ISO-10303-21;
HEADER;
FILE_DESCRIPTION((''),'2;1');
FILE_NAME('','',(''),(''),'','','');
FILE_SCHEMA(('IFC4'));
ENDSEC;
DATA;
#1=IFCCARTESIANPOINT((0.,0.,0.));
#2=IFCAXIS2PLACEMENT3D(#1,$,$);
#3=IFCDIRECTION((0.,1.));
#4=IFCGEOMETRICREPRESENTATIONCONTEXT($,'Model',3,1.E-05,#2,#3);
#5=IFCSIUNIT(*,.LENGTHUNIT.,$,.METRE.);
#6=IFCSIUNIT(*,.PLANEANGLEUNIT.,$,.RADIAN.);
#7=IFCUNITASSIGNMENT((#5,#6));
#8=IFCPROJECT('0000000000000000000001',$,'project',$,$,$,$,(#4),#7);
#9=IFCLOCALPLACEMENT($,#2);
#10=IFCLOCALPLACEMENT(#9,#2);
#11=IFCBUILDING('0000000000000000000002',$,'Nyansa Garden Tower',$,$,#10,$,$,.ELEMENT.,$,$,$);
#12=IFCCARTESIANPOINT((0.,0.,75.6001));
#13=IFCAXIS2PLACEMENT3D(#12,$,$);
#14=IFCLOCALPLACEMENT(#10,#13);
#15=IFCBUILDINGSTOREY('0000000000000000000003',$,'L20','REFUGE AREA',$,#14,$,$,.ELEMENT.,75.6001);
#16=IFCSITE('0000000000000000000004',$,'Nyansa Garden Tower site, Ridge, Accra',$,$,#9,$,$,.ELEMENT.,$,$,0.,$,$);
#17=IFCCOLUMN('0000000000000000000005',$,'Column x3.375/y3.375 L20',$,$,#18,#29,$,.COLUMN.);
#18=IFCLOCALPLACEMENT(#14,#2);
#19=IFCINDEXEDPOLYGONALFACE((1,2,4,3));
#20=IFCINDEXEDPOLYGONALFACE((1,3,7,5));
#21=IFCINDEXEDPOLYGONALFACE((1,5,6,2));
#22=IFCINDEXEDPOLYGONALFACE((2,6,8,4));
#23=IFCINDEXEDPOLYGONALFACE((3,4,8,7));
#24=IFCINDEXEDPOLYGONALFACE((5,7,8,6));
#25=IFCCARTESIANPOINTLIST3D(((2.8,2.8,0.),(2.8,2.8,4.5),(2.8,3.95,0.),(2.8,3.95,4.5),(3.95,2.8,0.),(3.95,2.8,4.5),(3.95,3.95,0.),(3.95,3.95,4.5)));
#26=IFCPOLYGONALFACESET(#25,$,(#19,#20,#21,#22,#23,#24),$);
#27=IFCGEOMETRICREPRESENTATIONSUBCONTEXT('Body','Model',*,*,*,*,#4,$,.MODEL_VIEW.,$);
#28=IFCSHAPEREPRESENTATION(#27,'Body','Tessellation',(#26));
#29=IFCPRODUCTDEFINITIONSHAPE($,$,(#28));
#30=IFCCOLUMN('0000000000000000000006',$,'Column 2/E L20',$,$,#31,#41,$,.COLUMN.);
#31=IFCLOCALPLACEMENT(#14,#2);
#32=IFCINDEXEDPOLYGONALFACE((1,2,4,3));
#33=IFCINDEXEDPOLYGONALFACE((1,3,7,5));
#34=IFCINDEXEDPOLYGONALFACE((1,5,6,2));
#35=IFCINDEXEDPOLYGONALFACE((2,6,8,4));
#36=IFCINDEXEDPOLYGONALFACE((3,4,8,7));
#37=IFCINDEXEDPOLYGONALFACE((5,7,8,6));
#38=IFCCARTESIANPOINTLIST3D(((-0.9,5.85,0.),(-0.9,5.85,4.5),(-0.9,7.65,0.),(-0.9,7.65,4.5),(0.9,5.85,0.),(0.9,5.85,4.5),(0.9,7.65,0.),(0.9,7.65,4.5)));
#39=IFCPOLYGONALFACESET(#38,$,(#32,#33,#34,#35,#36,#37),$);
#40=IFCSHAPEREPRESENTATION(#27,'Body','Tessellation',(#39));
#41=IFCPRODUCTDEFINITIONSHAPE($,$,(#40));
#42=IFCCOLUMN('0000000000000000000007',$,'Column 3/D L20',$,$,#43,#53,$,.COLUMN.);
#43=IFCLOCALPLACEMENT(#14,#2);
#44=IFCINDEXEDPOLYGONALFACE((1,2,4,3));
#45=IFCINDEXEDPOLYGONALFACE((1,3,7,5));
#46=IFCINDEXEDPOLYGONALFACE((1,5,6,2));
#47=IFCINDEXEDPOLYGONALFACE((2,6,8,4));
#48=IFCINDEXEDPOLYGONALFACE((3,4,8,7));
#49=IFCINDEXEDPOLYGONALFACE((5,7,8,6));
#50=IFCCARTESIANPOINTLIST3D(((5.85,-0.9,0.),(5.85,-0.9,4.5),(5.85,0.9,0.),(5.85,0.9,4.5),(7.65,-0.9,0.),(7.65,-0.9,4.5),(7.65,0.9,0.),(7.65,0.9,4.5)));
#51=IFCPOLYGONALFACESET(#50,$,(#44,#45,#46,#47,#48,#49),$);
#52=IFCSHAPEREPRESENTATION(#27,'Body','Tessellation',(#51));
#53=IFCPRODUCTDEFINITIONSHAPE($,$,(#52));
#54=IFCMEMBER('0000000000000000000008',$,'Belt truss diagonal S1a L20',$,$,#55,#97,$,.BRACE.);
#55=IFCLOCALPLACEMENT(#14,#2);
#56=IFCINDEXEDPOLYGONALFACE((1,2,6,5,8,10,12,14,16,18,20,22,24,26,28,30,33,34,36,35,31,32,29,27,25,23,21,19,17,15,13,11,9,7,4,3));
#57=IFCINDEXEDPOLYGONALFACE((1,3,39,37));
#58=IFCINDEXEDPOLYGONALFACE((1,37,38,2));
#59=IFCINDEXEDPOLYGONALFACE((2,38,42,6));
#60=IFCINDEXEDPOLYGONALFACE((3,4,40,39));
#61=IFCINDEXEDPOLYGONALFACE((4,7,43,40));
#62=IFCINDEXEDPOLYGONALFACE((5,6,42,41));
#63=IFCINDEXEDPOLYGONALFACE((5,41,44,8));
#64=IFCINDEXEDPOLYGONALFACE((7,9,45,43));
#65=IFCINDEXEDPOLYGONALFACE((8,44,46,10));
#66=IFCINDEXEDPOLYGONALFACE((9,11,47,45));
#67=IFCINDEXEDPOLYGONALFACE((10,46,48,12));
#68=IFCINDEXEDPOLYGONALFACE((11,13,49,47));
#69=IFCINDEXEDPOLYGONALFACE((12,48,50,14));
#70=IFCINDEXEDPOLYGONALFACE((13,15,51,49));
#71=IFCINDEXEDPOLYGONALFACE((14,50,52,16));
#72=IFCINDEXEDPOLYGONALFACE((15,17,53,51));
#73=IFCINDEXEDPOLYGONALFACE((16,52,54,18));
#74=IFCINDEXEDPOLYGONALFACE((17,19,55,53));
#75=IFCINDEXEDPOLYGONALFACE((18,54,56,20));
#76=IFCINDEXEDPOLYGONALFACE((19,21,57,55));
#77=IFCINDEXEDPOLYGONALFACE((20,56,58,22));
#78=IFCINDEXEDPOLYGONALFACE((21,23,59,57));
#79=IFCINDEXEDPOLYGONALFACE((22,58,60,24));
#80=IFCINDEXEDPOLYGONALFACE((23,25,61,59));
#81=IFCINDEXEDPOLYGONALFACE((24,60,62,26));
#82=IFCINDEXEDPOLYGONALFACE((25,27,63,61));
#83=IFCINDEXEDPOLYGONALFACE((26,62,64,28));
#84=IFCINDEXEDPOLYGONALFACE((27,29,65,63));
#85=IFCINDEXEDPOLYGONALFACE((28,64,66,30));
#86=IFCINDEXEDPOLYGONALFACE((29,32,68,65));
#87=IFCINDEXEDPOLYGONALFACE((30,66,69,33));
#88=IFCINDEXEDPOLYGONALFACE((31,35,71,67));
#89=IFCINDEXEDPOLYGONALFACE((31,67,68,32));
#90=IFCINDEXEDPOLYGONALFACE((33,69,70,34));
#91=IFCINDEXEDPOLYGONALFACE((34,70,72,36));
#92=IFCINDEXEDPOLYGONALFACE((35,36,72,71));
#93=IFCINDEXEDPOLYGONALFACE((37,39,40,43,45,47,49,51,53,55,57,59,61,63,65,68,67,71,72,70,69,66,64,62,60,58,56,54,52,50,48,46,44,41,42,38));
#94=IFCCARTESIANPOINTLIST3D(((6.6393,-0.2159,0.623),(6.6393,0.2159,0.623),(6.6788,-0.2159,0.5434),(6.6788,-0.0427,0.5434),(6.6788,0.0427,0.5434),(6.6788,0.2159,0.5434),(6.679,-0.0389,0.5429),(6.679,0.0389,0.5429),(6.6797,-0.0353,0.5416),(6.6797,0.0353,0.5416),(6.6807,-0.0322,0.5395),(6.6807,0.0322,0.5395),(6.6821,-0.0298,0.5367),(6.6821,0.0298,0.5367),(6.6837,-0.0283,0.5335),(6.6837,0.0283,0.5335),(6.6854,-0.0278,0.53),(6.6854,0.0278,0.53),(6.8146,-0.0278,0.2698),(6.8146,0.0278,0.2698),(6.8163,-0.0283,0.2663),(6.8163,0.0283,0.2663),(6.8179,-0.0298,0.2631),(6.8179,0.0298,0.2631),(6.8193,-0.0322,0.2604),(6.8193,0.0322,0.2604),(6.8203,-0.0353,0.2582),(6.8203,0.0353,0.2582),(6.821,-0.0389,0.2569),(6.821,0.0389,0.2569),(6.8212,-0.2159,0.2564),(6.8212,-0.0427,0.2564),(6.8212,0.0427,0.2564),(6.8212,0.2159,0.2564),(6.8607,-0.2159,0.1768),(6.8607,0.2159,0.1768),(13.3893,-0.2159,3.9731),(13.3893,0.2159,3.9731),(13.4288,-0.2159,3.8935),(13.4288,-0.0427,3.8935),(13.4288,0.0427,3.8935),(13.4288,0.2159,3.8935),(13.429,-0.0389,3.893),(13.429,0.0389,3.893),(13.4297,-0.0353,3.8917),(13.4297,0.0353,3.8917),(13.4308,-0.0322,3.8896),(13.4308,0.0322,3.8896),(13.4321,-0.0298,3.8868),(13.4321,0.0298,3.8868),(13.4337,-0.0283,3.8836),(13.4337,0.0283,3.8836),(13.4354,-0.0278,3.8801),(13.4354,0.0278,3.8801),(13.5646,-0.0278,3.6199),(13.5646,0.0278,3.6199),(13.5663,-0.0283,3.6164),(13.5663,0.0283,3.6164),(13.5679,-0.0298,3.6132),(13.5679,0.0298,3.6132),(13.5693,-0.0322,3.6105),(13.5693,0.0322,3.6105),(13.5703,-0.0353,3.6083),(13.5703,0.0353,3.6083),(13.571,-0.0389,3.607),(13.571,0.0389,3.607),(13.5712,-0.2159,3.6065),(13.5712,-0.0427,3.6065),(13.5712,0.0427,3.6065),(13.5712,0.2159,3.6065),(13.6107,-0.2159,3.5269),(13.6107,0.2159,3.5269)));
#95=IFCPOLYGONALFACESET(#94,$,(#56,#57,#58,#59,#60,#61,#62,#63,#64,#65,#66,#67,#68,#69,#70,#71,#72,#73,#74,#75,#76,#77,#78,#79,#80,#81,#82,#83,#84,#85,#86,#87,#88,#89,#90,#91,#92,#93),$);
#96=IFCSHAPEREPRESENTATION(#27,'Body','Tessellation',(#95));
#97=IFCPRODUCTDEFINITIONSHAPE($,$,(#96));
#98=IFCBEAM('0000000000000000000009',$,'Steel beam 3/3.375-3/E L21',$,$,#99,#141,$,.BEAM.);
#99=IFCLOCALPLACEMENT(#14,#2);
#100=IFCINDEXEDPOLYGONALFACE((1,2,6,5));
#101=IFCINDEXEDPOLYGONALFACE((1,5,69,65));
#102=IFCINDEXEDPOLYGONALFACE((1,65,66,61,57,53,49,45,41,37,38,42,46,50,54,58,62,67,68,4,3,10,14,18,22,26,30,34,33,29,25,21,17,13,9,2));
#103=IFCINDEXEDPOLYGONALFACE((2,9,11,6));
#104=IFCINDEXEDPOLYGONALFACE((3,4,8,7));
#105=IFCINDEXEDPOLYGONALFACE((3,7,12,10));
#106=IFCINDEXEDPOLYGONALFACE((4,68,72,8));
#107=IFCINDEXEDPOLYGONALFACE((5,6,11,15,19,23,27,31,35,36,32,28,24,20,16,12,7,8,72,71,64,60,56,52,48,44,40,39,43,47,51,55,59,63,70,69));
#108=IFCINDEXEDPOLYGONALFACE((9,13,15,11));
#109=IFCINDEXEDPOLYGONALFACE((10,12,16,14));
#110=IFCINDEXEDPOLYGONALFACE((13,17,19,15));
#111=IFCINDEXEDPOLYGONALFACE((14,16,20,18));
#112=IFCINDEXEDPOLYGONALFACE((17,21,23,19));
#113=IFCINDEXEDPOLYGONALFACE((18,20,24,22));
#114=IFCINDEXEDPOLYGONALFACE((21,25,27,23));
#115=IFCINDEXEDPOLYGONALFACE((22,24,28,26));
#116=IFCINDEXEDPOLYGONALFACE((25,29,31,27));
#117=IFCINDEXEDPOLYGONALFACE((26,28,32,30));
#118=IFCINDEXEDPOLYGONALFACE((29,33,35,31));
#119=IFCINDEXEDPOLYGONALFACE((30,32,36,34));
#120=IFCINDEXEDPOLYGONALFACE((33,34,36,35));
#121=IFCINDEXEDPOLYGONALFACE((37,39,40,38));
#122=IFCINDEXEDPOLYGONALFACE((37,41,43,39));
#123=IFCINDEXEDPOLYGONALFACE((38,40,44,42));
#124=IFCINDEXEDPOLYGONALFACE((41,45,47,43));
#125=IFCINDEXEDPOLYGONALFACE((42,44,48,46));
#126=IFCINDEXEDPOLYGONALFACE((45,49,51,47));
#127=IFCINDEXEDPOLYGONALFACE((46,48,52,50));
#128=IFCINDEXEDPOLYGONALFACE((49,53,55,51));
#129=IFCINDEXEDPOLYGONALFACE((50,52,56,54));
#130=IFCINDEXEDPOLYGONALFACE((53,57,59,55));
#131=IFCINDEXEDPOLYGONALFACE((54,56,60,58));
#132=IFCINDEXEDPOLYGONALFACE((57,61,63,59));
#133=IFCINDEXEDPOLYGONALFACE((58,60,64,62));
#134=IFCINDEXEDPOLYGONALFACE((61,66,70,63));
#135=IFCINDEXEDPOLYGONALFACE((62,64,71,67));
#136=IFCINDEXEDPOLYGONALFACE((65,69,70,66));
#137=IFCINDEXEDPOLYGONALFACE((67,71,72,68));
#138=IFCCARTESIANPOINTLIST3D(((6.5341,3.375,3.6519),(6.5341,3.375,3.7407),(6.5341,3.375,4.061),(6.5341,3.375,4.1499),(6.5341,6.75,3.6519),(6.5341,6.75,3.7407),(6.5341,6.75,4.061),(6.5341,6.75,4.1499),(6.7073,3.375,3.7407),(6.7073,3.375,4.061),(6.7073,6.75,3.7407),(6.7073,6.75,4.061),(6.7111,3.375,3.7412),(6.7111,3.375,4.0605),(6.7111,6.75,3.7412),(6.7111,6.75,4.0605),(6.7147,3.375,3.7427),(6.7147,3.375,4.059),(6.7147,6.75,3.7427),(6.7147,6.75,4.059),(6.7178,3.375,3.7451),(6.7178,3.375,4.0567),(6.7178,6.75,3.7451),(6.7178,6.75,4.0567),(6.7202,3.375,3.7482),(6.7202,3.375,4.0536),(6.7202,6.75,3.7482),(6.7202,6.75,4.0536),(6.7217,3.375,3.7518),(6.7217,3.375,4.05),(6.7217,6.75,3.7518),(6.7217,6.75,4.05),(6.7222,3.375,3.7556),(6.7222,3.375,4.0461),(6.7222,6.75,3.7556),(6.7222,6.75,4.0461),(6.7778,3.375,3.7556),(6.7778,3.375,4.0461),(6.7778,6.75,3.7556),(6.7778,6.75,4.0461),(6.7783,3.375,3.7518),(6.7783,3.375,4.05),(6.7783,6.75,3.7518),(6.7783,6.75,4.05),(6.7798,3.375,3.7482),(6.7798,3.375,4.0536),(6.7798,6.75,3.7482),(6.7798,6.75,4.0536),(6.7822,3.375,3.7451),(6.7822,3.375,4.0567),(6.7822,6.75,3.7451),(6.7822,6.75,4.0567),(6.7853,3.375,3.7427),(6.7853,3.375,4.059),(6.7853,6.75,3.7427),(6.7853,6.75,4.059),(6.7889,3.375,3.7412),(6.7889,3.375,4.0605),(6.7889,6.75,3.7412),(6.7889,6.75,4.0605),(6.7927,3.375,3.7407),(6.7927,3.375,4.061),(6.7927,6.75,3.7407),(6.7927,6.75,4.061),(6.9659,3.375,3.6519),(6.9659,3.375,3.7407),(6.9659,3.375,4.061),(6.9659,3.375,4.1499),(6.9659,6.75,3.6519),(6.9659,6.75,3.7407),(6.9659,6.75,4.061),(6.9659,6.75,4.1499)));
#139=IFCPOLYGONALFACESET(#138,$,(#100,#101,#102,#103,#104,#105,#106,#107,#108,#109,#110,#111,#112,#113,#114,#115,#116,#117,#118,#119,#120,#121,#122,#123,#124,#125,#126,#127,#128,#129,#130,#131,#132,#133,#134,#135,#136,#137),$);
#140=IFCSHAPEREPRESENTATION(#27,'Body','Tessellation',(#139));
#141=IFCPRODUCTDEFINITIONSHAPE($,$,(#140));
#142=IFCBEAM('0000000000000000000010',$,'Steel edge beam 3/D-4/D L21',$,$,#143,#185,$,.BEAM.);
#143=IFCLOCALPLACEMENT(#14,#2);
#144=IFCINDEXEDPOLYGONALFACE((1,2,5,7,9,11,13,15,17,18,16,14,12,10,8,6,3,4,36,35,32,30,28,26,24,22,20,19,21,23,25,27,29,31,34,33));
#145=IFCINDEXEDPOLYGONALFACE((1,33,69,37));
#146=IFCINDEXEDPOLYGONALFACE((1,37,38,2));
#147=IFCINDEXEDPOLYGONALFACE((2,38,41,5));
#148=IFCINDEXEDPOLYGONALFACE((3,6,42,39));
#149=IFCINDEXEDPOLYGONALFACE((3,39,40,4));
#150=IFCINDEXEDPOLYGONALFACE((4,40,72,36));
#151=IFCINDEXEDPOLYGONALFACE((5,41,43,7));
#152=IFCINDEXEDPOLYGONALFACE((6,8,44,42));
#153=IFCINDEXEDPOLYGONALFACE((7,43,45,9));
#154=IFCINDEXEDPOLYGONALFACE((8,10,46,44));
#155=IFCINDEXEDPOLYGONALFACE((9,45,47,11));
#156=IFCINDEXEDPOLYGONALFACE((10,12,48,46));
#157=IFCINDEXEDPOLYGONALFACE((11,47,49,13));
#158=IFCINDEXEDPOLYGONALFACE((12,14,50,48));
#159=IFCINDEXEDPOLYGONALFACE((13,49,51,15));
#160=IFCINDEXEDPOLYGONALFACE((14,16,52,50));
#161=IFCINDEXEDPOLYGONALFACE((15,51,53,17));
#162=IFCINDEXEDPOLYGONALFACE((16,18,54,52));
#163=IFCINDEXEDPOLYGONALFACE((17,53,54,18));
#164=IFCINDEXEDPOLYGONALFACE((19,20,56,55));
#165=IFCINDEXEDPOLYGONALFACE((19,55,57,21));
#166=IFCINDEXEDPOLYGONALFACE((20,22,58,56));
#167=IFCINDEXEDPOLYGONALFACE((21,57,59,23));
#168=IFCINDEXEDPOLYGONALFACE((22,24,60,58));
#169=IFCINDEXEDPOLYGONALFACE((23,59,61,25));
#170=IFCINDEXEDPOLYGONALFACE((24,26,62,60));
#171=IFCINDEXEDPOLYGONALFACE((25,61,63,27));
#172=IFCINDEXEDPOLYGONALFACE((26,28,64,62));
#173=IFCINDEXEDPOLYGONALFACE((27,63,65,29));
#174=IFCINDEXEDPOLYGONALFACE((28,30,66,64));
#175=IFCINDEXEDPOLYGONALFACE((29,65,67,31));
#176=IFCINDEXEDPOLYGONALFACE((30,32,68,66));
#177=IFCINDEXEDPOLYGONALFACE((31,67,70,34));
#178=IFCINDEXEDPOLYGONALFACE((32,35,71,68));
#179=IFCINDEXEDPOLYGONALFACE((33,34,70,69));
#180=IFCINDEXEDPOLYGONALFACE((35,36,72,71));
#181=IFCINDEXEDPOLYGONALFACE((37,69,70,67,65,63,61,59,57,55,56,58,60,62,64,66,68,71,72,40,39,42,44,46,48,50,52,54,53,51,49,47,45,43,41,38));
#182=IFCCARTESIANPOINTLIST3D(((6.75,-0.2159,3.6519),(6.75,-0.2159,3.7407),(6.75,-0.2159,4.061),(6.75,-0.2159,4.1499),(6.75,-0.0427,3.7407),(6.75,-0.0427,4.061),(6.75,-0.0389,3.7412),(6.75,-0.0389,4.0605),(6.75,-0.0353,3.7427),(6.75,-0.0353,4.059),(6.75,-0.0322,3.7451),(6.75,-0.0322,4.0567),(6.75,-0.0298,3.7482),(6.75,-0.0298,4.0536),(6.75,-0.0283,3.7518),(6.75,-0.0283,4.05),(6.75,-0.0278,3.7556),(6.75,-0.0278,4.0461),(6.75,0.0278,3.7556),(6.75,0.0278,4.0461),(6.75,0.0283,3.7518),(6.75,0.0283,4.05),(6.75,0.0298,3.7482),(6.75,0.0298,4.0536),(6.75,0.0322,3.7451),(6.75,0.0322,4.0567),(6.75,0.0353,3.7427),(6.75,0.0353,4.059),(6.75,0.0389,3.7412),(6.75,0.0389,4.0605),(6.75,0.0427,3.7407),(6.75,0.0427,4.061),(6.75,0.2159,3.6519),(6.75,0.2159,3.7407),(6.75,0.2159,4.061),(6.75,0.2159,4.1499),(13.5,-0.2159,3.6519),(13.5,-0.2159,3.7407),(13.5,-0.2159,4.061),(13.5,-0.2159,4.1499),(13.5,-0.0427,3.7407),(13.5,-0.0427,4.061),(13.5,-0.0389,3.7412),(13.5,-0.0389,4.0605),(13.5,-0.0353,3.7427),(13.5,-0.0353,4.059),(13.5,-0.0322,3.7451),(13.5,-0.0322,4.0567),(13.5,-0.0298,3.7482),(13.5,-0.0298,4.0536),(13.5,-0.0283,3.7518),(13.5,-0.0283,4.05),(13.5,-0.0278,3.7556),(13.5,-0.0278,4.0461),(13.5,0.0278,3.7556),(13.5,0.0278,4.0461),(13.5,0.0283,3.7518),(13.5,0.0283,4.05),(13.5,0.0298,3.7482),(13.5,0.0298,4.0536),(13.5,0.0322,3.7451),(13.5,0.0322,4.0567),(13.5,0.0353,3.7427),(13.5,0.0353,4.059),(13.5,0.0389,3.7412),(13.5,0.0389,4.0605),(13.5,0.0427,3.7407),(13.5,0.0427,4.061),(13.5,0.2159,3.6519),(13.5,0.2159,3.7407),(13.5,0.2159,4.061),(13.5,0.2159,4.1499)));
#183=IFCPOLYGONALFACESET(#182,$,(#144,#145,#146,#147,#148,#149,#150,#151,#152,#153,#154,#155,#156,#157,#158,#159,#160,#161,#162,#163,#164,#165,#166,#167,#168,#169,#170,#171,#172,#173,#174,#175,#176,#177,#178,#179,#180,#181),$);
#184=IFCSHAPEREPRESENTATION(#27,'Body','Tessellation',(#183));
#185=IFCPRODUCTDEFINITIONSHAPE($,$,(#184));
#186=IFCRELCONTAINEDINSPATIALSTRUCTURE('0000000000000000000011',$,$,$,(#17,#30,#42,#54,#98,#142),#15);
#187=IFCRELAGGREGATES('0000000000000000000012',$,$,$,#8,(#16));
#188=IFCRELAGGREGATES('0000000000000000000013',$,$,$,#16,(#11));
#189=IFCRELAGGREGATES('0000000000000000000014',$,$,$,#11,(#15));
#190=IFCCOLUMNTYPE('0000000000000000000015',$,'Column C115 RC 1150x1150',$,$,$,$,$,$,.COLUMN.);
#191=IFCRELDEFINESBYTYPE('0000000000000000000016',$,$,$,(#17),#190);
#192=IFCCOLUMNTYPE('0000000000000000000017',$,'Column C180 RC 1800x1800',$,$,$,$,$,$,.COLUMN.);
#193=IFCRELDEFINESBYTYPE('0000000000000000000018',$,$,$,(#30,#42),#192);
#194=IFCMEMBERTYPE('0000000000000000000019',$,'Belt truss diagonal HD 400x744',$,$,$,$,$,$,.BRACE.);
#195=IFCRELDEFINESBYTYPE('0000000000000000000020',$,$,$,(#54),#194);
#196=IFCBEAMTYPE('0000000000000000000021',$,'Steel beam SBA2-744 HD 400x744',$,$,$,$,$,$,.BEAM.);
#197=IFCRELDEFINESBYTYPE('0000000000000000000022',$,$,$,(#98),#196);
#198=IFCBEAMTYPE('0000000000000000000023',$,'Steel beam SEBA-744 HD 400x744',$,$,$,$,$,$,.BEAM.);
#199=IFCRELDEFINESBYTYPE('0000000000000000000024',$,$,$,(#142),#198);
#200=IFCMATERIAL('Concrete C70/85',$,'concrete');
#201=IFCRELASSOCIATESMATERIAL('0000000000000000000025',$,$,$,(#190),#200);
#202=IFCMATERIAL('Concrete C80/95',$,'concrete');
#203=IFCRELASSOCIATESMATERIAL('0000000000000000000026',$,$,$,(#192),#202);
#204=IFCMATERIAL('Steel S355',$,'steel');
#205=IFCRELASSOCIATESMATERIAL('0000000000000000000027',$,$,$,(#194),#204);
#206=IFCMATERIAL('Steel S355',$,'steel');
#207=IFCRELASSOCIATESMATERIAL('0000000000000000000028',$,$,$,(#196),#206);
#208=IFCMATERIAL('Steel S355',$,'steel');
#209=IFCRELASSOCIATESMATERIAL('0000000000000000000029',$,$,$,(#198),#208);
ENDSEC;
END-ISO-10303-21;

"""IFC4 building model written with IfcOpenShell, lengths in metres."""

from ifc_helpers import new_model, si_unit, direction, frame, origin, origin_2d, place, context, subcontext, project, spatial, rectangle, i_section, extrude, material, material_profile, profile_set, type_object, element, save


model = new_model("IFC4")

# Units and contexts
model_context = context("Model", 3, precision=1e-05, world=origin(), true_north=direction((0.0, 1.0)))
body_context = subcontext(model_context, "Body", "Model", "MODEL_VIEW")
ifc_project = project(units=[si_unit("LENGTHUNIT", "METRE"), si_unit("PLANEANGLEUNIT", "RADIAN")], contexts=[model_context])

# Site, building, storey
site_placement = place(None, origin())
site = spatial("IfcSite", under=ifc_project, at=site_placement, Name="Nyansa Garden Tower site, Ridge, Accra", CompositionType="ELEMENT", RefElevation=0.0)
building_placement = place(site_placement, origin())
building = spatial("IfcBuilding", under=site, at=building_placement, Name="Nyansa Garden Tower", CompositionType="ELEMENT")
storey_placement = place(building_placement, frame((0.0, 0.0, 75.6001)))
storey = spatial("IfcBuildingStorey", under=building, at=storey_placement, Name="L20", Description="REFUGE AREA", CompositionType="ELEMENT", Elevation=75.6001)

# Columns
ifc_material_1 = material(Name="Concrete C70/85", Category="concrete")
ifc_material_profile_1 = material_profile(ifc_material_1, rectangle(XDim=1.1499, YDim=1.1499, at=origin_2d()), Name="RC 1150x1150")
ifc_profile_set_1 = profile_set([ifc_material_profile_1], Name="Concrete C70/85")
column_type_1 = type_object("IfcColumnType", Name="Column C115 RC 1150x1150", PredefinedType="COLUMN", material=ifc_profile_set_1)
column_placement = place(storey_placement, frame((3.375, 3.375, 0.0), z_axis=(0.0, 0.0, 1.0), x_axis=(1.0, 0.0, 0.0)))
element("IfcColumn", 1, at=column_placement, inside=storey, type_object=column_type_1, Name="Column x3.375/y3.375 L20", PredefinedType="COLUMN", context=body_context, shape_type="SweptSolid", body=[
    extrude(rectangle(XDim=1.1499, YDim=1.1499, at=origin_2d()), origin(), (0.0, 0.0, 1.0), 4.5),
])
ifc_material_2 = material(Name="Concrete C80/95", Category="concrete")
ifc_material_profile_2 = material_profile(ifc_material_2, rectangle(XDim=1.8, YDim=1.8, at=origin_2d()), Name="RC 1800x1800")
ifc_profile_set_2 = profile_set([ifc_material_profile_2], Name="Concrete C80/95")
column_type_2 = type_object("IfcColumnType", Name="Column C180 RC 1800x1800", PredefinedType="COLUMN", material=ifc_profile_set_2)
for number, where, z_axis, x_axis, name in (
    (2, (0.0, 6.75, 0.0), (0.0, 0.0, 1.0), (1.0, 0.0, 0.0), "Column 2/E L20"),
    (3, (6.75, 0.0, 0.0), (0.0, 0.0, 1.0), (1.0, 0.0, 0.0), "Column 3/D L20"),
):
    element("IfcColumn", number, at=place(storey_placement, frame(where, z_axis=z_axis, x_axis=x_axis)), inside=storey, type_object=column_type_2, Name=name, PredefinedType="COLUMN", context=body_context, shape_type="SweptSolid", body=[
        extrude(rectangle(XDim=1.8, YDim=1.8, at=origin_2d()), origin(), (0.0, 0.0, 1.0), 4.5),
    ])

# Member
ifc_material_3 = material(Name="Steel S355", Category="steel")
ifc_material_profile_3 = material_profile(ifc_material_3, i_section(OverallWidth=0.4319, OverallDepth=0.498, WebThickness=0.0557, FlangeThickness=0.0889, FilletRadius=0.0149, at=origin_2d()), Name="HD 400x744")
ifc_profile_set_3 = profile_set([ifc_material_profile_3], Name="Steel S355")
member_type = type_object("IfcMemberType", Name="Belt truss diagonal HD 400x744", PredefinedType="BRACE", material=ifc_profile_set_3)
member_placement = place(storey_placement, frame((6.75, 0.0, 0.3999), z_axis=(0.895745, 0.0, 0.444568), x_axis=(0.0, 1.0, 0.0)))
element("IfcMember", 4, at=member_placement, inside=storey, type_object=member_type, Name="Belt truss diagonal S1a L20", PredefinedType="BRACE", context=body_context, shape_type="SweptSolid", body=[
    extrude(i_section(OverallWidth=0.4319, OverallDepth=0.498, WebThickness=0.0557, FlangeThickness=0.0889, FilletRadius=0.0149, at=origin_2d()), origin(), (0.0, 0.0, 1.0), 7.5356),
])

# Beams
ifc_material_4 = material(Name="Steel S355", Category="steel")
ifc_material_profile_4 = material_profile(ifc_material_4, i_section(OverallWidth=0.4319, OverallDepth=0.498, WebThickness=0.0557, FlangeThickness=0.0889, FilletRadius=0.0149, at=origin_2d()), Name="HD 400x744")
ifc_profile_set_4 = profile_set([ifc_material_profile_4], Name="Steel S355")
beam_type_1 = type_object("IfcBeamType", Name="Steel beam SBA2-744 HD 400x744", PredefinedType="BEAM", material=ifc_profile_set_4)
beam_1_placement = place(storey_placement, frame((6.75, 3.375, 3.9009), z_axis=(0.0, 1.0, 0.0), x_axis=(-1.0, 0.0, 0.0)))
element("IfcBeam", 5, at=beam_1_placement, inside=storey, type_object=beam_type_1, Name="Steel beam 3/3.375-3/E L21", PredefinedType="BEAM", context=body_context, shape_type="SweptSolid", body=[
    extrude(i_section(OverallWidth=0.4319, OverallDepth=0.498, WebThickness=0.0557, FlangeThickness=0.0889, FilletRadius=0.0149, at=origin_2d()), origin(), (0.0, 0.0, 1.0), 3.375),
])
ifc_material_5 = material(Name="Steel S355", Category="steel")
ifc_material_profile_5 = material_profile(ifc_material_5, i_section(OverallWidth=0.4319, OverallDepth=0.498, WebThickness=0.0557, FlangeThickness=0.0889, FilletRadius=0.0149, at=origin_2d()), Name="HD 400x744")
ifc_profile_set_5 = profile_set([ifc_material_profile_5], Name="Steel S355")
beam_type_2 = type_object("IfcBeamType", Name="Steel beam SEBA-744 HD 400x744", PredefinedType="BEAM", material=ifc_profile_set_5)
beam_2_placement = place(storey_placement, frame((6.75, 0.0, 3.9009), z_axis=(1.0, 0.0, 0.0), x_axis=(0.0, 1.0, 0.0)))
element("IfcBeam", 6, at=beam_2_placement, inside=storey, type_object=beam_type_2, Name="Steel edge beam 3/D-4/D L21", PredefinedType="BEAM", context=body_context, shape_type="SweptSolid", body=[
    extrude(i_section(OverallWidth=0.4319, OverallDepth=0.498, WebThickness=0.0557, FlangeThickness=0.0889, FilletRadius=0.0149, at=origin_2d()), origin(), (0.0, 0.0, 1.0), 6.75),
])

save(model, "model.ifc")
